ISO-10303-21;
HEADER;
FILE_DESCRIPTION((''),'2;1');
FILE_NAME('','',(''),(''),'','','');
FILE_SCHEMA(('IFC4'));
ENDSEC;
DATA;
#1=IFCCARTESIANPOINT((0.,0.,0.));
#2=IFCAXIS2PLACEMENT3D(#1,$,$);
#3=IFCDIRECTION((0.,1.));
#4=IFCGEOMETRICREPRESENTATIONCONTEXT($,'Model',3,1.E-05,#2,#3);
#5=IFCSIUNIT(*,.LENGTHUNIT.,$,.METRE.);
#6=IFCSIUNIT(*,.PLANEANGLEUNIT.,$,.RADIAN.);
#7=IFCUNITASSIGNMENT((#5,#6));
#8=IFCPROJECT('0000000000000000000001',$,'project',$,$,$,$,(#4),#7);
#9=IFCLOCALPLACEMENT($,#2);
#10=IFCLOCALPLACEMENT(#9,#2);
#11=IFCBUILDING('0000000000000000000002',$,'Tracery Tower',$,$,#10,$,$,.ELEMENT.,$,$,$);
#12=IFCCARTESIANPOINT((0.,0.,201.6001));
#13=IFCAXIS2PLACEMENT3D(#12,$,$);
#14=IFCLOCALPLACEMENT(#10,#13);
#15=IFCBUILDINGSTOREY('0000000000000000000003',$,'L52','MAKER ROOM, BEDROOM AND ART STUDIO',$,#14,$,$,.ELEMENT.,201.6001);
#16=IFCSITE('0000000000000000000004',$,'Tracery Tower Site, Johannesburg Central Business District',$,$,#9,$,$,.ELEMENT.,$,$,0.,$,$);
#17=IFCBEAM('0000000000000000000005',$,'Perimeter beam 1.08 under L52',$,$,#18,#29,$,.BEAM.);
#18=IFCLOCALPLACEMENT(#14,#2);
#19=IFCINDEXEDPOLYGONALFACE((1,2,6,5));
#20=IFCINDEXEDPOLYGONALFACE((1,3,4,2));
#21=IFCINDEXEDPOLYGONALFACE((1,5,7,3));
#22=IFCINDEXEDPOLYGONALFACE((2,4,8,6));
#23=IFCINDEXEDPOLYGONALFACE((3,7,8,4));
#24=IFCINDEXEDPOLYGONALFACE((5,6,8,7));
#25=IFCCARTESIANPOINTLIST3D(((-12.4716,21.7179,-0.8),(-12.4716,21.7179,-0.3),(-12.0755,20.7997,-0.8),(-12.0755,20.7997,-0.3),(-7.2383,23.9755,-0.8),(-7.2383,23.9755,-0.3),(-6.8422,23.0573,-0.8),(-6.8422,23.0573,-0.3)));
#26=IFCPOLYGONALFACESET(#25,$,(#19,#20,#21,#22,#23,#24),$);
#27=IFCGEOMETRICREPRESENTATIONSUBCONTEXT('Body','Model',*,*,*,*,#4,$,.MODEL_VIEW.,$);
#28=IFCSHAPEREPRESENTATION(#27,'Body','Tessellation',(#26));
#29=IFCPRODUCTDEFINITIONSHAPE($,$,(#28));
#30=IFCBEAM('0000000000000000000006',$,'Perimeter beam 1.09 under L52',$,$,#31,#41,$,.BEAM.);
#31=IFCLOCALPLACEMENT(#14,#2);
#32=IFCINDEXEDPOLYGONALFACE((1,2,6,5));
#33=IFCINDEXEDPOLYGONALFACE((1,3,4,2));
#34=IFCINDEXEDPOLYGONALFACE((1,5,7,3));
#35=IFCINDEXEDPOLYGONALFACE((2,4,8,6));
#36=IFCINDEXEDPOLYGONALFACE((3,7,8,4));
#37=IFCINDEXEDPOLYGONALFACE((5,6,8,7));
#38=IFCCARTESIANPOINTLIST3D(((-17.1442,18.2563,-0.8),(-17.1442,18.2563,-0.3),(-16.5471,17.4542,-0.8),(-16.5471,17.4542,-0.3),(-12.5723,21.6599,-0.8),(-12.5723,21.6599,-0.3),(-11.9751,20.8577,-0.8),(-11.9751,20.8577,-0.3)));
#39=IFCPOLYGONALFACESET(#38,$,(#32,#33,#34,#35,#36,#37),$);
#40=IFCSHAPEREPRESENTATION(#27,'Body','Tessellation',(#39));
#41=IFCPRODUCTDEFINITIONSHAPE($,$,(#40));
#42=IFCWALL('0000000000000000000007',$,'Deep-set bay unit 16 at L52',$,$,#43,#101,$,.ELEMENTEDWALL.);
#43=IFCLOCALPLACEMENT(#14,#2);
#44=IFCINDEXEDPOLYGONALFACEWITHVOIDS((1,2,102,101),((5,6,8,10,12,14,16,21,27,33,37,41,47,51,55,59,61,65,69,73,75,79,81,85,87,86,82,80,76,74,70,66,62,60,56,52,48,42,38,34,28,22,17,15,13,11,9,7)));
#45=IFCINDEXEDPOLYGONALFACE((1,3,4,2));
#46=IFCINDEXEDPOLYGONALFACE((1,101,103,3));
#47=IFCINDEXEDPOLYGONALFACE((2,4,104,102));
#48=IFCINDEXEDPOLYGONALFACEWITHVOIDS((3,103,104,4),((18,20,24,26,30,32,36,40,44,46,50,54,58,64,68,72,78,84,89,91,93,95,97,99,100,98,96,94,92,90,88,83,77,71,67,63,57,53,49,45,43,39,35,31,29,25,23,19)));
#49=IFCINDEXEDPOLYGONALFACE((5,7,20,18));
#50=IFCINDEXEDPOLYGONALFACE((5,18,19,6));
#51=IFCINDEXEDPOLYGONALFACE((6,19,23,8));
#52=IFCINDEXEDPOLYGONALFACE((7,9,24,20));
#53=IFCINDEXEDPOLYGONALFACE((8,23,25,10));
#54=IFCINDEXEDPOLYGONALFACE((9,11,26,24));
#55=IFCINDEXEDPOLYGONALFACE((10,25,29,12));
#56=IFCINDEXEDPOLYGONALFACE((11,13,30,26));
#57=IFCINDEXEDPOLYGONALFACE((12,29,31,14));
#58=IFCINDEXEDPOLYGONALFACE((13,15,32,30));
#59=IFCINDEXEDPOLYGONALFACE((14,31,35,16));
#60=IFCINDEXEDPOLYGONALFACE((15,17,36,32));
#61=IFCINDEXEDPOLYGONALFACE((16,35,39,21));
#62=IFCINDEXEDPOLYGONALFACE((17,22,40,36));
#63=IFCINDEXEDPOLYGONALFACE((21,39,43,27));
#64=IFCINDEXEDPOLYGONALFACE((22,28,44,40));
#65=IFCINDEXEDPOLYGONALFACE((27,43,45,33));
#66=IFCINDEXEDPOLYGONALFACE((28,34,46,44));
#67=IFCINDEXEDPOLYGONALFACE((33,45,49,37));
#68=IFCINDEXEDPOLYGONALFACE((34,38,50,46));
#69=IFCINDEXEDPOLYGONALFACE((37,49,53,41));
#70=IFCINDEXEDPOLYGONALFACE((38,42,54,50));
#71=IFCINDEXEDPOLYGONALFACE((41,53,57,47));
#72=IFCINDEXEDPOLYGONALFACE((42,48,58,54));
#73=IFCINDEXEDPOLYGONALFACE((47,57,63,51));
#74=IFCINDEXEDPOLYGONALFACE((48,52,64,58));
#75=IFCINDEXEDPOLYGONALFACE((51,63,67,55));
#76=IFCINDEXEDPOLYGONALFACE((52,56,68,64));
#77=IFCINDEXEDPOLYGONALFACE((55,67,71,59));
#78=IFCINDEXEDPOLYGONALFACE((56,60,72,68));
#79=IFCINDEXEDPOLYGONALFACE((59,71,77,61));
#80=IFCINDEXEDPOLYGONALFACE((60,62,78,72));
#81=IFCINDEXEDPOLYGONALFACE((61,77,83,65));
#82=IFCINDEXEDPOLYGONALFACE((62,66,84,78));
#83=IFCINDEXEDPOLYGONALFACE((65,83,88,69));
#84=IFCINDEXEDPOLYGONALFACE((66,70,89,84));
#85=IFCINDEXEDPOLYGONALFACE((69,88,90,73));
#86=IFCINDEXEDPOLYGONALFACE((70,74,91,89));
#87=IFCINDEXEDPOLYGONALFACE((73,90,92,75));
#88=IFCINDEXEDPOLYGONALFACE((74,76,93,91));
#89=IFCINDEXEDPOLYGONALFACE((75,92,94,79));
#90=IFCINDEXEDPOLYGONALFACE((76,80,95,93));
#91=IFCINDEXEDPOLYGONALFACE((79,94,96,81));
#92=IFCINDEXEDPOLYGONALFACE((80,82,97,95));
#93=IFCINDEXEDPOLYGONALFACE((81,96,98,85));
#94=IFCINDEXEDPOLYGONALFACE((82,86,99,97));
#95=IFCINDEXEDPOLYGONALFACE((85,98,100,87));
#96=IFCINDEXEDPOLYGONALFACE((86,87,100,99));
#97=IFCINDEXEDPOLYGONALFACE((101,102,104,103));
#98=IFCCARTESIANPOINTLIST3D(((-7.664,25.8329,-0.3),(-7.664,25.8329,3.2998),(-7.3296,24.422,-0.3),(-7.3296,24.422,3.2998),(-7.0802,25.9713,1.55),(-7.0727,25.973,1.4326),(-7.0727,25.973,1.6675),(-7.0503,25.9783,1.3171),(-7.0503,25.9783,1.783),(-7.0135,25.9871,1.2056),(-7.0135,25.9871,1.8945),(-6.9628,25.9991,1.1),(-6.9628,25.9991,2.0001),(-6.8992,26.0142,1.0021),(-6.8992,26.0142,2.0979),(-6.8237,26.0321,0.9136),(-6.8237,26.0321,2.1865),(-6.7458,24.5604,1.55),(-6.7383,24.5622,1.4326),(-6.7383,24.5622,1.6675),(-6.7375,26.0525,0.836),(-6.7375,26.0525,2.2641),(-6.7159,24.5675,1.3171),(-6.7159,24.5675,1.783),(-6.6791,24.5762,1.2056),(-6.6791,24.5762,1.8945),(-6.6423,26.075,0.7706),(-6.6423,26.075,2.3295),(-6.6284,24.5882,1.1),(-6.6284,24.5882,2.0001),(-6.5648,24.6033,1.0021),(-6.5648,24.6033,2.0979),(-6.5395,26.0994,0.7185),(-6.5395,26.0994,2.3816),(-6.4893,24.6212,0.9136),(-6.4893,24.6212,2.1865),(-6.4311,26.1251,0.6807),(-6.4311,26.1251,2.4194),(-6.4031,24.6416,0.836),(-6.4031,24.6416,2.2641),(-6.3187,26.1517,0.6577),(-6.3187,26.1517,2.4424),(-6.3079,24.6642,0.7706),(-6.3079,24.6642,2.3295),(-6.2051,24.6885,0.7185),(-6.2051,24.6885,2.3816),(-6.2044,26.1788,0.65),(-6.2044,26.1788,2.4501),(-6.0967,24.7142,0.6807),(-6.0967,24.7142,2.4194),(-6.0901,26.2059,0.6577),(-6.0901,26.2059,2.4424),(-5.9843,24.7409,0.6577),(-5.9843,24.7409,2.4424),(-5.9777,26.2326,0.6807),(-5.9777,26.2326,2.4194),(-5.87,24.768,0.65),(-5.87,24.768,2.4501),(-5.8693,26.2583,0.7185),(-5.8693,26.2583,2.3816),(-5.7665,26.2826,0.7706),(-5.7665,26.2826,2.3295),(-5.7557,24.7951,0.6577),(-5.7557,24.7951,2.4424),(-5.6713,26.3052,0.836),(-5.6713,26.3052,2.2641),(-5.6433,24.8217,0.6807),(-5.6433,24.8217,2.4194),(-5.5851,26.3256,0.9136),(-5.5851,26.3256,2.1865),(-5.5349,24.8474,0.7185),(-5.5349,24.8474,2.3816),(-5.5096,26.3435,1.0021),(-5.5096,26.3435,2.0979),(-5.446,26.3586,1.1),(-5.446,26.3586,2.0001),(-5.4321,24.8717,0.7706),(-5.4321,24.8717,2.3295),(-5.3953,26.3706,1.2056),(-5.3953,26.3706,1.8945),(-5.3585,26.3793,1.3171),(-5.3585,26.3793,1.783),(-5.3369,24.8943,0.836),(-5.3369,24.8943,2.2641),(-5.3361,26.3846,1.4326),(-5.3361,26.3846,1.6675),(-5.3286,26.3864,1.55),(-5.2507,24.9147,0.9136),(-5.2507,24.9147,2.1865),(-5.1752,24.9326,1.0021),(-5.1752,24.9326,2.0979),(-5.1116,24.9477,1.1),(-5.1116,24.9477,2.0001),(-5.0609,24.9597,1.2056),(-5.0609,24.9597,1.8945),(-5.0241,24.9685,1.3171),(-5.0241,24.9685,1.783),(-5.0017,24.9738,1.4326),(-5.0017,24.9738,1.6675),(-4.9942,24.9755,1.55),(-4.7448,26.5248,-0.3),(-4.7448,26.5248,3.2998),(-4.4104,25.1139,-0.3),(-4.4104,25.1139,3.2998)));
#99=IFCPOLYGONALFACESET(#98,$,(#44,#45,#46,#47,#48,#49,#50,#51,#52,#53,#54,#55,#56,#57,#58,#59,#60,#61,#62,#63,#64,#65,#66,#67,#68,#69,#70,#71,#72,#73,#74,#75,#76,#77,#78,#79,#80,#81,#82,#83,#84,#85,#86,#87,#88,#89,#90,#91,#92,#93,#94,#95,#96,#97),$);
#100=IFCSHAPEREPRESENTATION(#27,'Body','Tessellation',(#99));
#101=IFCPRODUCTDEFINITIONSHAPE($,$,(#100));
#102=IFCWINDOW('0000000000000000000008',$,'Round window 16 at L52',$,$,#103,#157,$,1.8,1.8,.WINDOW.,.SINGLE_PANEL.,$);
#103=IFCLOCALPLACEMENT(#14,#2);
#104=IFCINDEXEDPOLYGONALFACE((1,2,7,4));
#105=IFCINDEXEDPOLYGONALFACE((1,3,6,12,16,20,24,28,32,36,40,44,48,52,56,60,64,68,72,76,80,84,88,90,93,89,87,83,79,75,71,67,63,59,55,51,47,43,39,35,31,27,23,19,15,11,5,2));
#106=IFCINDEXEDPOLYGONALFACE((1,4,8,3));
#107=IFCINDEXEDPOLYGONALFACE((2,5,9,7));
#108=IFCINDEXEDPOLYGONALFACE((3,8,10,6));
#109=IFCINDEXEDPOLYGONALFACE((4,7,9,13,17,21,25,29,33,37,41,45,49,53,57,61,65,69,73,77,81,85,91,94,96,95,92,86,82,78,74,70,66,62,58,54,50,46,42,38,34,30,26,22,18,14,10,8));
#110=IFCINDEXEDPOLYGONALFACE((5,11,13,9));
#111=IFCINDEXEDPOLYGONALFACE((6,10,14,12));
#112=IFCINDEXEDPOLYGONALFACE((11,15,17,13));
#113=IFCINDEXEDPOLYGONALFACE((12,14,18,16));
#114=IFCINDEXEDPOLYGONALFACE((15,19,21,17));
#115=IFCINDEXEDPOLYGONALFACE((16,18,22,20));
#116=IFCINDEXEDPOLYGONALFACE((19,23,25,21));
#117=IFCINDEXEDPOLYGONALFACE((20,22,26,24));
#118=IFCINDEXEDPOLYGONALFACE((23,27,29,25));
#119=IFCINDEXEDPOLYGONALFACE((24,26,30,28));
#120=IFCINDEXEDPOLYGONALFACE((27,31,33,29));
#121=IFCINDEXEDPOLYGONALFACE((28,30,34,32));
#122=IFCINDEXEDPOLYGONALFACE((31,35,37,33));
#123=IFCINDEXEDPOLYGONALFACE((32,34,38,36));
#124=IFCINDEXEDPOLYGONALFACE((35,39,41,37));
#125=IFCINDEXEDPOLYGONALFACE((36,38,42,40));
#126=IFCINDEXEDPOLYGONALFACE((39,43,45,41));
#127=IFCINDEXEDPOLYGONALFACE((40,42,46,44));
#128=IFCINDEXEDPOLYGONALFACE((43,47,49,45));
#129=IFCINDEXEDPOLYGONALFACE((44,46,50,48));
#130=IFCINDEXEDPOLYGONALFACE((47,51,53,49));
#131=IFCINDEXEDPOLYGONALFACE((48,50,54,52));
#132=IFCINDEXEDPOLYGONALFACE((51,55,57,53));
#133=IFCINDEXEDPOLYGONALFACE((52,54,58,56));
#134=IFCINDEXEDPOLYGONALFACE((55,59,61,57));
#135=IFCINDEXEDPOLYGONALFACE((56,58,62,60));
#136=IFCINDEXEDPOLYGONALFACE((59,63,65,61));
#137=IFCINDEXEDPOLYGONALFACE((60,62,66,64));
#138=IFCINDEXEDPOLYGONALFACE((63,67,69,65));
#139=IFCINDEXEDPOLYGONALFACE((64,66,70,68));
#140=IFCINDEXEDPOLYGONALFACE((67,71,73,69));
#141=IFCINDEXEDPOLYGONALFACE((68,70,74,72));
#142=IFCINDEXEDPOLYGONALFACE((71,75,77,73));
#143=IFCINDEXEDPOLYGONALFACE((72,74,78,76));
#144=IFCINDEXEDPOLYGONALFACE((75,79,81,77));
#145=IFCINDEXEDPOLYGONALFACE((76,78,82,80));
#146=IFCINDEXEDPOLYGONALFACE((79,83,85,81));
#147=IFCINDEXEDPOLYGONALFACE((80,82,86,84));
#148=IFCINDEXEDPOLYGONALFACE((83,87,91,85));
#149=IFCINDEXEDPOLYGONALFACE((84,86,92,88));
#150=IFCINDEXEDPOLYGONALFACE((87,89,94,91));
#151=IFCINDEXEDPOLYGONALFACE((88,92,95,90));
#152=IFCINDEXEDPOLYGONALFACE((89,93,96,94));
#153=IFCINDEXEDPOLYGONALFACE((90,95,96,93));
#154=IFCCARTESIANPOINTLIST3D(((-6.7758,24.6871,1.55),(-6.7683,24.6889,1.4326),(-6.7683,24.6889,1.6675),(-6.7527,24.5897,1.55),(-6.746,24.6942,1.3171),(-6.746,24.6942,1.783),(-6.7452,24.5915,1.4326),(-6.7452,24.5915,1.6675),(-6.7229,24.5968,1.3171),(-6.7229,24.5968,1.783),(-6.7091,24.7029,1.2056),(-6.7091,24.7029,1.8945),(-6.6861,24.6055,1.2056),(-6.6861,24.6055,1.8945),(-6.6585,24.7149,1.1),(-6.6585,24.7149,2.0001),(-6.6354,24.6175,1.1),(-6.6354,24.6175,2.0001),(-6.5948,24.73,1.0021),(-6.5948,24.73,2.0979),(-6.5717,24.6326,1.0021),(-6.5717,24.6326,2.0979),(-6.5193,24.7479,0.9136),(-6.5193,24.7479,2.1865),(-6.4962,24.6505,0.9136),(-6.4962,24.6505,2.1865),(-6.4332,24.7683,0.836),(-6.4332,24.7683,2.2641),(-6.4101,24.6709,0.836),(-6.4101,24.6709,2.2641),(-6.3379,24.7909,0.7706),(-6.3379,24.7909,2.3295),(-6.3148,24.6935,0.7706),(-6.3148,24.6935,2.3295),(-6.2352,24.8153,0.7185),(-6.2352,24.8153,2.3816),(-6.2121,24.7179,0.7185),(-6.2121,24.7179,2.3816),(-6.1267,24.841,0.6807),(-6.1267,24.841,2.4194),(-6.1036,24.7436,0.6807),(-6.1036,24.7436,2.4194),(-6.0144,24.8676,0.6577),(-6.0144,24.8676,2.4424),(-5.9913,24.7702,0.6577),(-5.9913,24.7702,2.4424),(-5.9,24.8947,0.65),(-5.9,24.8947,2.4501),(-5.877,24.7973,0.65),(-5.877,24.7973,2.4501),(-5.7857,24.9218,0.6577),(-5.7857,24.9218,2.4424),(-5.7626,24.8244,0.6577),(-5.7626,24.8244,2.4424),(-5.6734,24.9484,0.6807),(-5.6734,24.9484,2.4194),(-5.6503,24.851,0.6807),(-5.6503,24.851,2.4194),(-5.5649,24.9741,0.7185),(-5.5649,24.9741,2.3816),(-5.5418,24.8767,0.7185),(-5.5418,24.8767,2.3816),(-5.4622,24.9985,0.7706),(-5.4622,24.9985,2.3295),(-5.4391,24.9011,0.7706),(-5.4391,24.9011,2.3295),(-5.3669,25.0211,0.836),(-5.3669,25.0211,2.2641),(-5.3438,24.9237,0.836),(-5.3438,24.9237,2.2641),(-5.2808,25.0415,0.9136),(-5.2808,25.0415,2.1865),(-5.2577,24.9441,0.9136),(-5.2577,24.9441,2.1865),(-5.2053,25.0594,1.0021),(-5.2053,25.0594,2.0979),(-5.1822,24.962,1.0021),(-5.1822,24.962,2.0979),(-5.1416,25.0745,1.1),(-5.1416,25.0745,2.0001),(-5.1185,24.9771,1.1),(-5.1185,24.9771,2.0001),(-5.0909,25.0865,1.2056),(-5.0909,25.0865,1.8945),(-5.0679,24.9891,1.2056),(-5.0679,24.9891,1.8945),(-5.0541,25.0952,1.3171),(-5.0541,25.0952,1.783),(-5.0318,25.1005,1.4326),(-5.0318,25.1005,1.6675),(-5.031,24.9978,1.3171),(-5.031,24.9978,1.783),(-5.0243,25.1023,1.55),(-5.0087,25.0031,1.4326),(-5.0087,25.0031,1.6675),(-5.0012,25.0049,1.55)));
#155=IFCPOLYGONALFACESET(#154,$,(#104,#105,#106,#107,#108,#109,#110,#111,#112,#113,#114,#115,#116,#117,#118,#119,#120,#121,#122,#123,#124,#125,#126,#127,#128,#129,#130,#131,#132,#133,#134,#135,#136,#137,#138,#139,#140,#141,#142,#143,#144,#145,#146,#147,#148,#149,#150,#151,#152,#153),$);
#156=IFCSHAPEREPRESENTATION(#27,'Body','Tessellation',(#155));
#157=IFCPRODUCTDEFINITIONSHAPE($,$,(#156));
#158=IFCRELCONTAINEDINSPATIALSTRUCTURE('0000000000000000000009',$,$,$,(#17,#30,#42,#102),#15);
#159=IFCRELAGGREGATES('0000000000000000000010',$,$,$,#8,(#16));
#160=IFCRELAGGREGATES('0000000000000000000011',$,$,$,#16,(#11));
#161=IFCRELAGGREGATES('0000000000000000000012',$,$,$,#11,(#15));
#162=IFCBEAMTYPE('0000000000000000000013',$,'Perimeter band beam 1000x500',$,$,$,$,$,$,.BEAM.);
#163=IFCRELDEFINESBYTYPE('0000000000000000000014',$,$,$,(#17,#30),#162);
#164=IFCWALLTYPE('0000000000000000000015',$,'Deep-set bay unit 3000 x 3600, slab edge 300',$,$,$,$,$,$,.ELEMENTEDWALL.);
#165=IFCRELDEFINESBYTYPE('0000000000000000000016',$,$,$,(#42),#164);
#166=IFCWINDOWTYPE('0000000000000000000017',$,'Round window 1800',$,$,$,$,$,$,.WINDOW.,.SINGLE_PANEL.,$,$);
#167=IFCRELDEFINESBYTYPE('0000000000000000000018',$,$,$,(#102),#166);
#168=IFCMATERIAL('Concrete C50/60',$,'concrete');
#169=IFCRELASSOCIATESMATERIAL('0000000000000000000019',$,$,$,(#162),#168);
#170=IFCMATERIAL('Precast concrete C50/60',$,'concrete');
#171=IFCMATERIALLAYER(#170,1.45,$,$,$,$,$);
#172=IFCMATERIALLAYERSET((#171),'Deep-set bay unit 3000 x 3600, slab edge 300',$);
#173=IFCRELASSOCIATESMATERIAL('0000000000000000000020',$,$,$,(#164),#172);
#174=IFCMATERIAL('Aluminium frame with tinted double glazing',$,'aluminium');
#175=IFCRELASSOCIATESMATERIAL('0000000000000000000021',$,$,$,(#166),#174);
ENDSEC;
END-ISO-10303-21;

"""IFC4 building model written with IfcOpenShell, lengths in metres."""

from ifc_helpers import new_model, si_unit, direction, frame, frame_2d, origin, origin_2d, place, context, subcontext, project, spatial, rectangle, circle, extrude, material, layer, layer_set, material_profile, profile_set, type_object, element, fill, save


model = new_model("IFC4")

# Units and contexts
model_context = context("Model", 3, precision=1e-05, world=origin(), true_north=direction((0.0, 1.0)))
body_context = subcontext(model_context, "Body", "Model", "MODEL_VIEW")
ifc_project = project(units=[si_unit("LENGTHUNIT", "METRE"), si_unit("PLANEANGLEUNIT", "RADIAN")], contexts=[model_context])

# Site, building, storey
site_placement = place(None, origin())
site = spatial("IfcSite", under=ifc_project, at=site_placement, Name="Tracery Tower Site, Johannesburg Central Business District", CompositionType="ELEMENT", RefElevation=0.0)
building_placement = place(site_placement, origin())
building = spatial("IfcBuilding", under=site, at=building_placement, Name="Tracery Tower", CompositionType="ELEMENT")
storey_placement = place(building_placement, frame((0.0, 0.0, 201.6001)))
storey = spatial("IfcBuildingStorey", under=building, at=storey_placement, Name="L52", Description="MAKER ROOM, BEDROOM AND ART STUDIO", CompositionType="ELEMENT", Elevation=201.6001)

# Beams
ifc_material_1 = material(Name="Concrete C50/60", Category="concrete")
ifc_material_profile_1 = material_profile(ifc_material_1, rectangle(XDim=1.0, YDim=0.5, at=origin_2d()), Name="RC 1000x500")
ifc_profile_set_1 = profile_set([ifc_material_profile_1], Name="Concrete C50/60")
beam_type = type_object("IfcBeamType", Name="Perimeter band beam 1000x500", PredefinedType="BEAM", material=ifc_profile_set_1)
beam_1_placement = place(storey_placement, frame((-7.0403, 23.5164, -0.55), z_axis=(-0.91821, -0.396095, 0.0), x_axis=(0.396095, -0.91821, 0.0)))
element("IfcBeam", 1, at=beam_1_placement, inside=storey, type_object=beam_type, Name="Perimeter beam 1.08 under L52", PredefinedType="BEAM", context=body_context, shape_type="SweptSolid", body=[
    extrude(rectangle(XDim=1.0, YDim=0.5, at=origin_2d()), origin(), (0.0, 0.0, 1.0), 5.6995),
])
beam_2_placement = place(storey_placement, frame((-12.2737, 21.2588, -0.55), z_axis=(-0.802138, -0.597138, 0.0), x_axis=(0.597138, -0.802138, 0.0)))
element("IfcBeam", 2, at=beam_2_placement, inside=storey, type_object=beam_type, Name="Perimeter beam 1.09 under L52", PredefinedType="BEAM", context=body_context, shape_type="SweptSolid", body=[
    extrude(rectangle(XDim=1.0, YDim=0.5, at=origin_2d()), origin(), (0.0, 0.0, 1.0), 5.6997),
])

# Wall, opening, window
ifc_material_2 = material(Name="Precast concrete C50/60", Category="concrete")
ifc_layer_1 = layer(ifc_material_2, 1.45)
ifc_layer_set_1 = layer_set([ifc_layer_1], Name="Deep-set bay unit 3000 x 3600, slab edge 300")
wall_type_1 = type_object("IfcWallType", Name="Deep-set bay unit 3000 x 3600, slab edge 300", PredefinedType="ELEMENTEDWALL", material=ifc_layer_set_1)
wall_1_placement = place(storey_placement, frame((-4.5776, 25.8193, -0.3), z_axis=(0.0, 0.0, 1.0), x_axis=(-0.973042, -0.230627, 0.0)))
wall_1 = element("IfcWall", 3, at=wall_1_placement, inside=storey, type_object=wall_type_1, Name="Deep-set bay unit 16 at L52", PredefinedType="ELEMENTEDWALL", context=body_context, shape_type="SweptSolid", body=[
    extrude(rectangle(XDim=3.0, YDim=1.45, at=frame_2d((1.5, 0.0))), origin(), (0.0, 0.0, 1.0), 3.5999),
])
opening_1_placement = place(wall_1_placement, frame((1.5, 0.0, 1.8501)))
opening_1 = element("IfcOpeningElement", 4, at=opening_1_placement, cuts=wall_1, PredefinedType="OPENING", context=body_context, shape_type="SweptSolid", body=[
    extrude(circle(Radius=0.9, at=origin_2d()), frame((0.0, 0.7349, 0.0), z_axis=(0.0, -1.0, 0.0), x_axis=(1.0, 0.0, 0.0)), (0.0, 0.0, 1.0), 1.47),
])
ifc_material_3 = material(Name="Aluminium frame with tinted double glazing", Category="aluminium")
window_type = type_object("IfcWindowType", Name="Round window 1800", PartitioningType="SINGLE_PANEL", PredefinedType="WINDOW", material=ifc_material_3)
window_1_placement = place(opening_1_placement, origin())
window_1 = element("IfcWindow", 5, at=window_1_placement, inside=storey, type_object=window_type, Name="Round window 16 at L52", OverallHeight=1.8, OverallWidth=1.8, PartitioningType="SINGLE_PANEL", PredefinedType="WINDOW", context=body_context, shape_type="SweptSolid", body=[
    extrude(circle(Radius=0.9, at=origin_2d()), frame((0.0, 0.6948, 0.0), z_axis=(0.0, -1.0, 0.0), x_axis=(1.0, 0.0, 0.0)), (0.0, 0.0, 1.0), 0.1001),
])
fill(opening_1, window_1)

save(model, "model.ifc")
